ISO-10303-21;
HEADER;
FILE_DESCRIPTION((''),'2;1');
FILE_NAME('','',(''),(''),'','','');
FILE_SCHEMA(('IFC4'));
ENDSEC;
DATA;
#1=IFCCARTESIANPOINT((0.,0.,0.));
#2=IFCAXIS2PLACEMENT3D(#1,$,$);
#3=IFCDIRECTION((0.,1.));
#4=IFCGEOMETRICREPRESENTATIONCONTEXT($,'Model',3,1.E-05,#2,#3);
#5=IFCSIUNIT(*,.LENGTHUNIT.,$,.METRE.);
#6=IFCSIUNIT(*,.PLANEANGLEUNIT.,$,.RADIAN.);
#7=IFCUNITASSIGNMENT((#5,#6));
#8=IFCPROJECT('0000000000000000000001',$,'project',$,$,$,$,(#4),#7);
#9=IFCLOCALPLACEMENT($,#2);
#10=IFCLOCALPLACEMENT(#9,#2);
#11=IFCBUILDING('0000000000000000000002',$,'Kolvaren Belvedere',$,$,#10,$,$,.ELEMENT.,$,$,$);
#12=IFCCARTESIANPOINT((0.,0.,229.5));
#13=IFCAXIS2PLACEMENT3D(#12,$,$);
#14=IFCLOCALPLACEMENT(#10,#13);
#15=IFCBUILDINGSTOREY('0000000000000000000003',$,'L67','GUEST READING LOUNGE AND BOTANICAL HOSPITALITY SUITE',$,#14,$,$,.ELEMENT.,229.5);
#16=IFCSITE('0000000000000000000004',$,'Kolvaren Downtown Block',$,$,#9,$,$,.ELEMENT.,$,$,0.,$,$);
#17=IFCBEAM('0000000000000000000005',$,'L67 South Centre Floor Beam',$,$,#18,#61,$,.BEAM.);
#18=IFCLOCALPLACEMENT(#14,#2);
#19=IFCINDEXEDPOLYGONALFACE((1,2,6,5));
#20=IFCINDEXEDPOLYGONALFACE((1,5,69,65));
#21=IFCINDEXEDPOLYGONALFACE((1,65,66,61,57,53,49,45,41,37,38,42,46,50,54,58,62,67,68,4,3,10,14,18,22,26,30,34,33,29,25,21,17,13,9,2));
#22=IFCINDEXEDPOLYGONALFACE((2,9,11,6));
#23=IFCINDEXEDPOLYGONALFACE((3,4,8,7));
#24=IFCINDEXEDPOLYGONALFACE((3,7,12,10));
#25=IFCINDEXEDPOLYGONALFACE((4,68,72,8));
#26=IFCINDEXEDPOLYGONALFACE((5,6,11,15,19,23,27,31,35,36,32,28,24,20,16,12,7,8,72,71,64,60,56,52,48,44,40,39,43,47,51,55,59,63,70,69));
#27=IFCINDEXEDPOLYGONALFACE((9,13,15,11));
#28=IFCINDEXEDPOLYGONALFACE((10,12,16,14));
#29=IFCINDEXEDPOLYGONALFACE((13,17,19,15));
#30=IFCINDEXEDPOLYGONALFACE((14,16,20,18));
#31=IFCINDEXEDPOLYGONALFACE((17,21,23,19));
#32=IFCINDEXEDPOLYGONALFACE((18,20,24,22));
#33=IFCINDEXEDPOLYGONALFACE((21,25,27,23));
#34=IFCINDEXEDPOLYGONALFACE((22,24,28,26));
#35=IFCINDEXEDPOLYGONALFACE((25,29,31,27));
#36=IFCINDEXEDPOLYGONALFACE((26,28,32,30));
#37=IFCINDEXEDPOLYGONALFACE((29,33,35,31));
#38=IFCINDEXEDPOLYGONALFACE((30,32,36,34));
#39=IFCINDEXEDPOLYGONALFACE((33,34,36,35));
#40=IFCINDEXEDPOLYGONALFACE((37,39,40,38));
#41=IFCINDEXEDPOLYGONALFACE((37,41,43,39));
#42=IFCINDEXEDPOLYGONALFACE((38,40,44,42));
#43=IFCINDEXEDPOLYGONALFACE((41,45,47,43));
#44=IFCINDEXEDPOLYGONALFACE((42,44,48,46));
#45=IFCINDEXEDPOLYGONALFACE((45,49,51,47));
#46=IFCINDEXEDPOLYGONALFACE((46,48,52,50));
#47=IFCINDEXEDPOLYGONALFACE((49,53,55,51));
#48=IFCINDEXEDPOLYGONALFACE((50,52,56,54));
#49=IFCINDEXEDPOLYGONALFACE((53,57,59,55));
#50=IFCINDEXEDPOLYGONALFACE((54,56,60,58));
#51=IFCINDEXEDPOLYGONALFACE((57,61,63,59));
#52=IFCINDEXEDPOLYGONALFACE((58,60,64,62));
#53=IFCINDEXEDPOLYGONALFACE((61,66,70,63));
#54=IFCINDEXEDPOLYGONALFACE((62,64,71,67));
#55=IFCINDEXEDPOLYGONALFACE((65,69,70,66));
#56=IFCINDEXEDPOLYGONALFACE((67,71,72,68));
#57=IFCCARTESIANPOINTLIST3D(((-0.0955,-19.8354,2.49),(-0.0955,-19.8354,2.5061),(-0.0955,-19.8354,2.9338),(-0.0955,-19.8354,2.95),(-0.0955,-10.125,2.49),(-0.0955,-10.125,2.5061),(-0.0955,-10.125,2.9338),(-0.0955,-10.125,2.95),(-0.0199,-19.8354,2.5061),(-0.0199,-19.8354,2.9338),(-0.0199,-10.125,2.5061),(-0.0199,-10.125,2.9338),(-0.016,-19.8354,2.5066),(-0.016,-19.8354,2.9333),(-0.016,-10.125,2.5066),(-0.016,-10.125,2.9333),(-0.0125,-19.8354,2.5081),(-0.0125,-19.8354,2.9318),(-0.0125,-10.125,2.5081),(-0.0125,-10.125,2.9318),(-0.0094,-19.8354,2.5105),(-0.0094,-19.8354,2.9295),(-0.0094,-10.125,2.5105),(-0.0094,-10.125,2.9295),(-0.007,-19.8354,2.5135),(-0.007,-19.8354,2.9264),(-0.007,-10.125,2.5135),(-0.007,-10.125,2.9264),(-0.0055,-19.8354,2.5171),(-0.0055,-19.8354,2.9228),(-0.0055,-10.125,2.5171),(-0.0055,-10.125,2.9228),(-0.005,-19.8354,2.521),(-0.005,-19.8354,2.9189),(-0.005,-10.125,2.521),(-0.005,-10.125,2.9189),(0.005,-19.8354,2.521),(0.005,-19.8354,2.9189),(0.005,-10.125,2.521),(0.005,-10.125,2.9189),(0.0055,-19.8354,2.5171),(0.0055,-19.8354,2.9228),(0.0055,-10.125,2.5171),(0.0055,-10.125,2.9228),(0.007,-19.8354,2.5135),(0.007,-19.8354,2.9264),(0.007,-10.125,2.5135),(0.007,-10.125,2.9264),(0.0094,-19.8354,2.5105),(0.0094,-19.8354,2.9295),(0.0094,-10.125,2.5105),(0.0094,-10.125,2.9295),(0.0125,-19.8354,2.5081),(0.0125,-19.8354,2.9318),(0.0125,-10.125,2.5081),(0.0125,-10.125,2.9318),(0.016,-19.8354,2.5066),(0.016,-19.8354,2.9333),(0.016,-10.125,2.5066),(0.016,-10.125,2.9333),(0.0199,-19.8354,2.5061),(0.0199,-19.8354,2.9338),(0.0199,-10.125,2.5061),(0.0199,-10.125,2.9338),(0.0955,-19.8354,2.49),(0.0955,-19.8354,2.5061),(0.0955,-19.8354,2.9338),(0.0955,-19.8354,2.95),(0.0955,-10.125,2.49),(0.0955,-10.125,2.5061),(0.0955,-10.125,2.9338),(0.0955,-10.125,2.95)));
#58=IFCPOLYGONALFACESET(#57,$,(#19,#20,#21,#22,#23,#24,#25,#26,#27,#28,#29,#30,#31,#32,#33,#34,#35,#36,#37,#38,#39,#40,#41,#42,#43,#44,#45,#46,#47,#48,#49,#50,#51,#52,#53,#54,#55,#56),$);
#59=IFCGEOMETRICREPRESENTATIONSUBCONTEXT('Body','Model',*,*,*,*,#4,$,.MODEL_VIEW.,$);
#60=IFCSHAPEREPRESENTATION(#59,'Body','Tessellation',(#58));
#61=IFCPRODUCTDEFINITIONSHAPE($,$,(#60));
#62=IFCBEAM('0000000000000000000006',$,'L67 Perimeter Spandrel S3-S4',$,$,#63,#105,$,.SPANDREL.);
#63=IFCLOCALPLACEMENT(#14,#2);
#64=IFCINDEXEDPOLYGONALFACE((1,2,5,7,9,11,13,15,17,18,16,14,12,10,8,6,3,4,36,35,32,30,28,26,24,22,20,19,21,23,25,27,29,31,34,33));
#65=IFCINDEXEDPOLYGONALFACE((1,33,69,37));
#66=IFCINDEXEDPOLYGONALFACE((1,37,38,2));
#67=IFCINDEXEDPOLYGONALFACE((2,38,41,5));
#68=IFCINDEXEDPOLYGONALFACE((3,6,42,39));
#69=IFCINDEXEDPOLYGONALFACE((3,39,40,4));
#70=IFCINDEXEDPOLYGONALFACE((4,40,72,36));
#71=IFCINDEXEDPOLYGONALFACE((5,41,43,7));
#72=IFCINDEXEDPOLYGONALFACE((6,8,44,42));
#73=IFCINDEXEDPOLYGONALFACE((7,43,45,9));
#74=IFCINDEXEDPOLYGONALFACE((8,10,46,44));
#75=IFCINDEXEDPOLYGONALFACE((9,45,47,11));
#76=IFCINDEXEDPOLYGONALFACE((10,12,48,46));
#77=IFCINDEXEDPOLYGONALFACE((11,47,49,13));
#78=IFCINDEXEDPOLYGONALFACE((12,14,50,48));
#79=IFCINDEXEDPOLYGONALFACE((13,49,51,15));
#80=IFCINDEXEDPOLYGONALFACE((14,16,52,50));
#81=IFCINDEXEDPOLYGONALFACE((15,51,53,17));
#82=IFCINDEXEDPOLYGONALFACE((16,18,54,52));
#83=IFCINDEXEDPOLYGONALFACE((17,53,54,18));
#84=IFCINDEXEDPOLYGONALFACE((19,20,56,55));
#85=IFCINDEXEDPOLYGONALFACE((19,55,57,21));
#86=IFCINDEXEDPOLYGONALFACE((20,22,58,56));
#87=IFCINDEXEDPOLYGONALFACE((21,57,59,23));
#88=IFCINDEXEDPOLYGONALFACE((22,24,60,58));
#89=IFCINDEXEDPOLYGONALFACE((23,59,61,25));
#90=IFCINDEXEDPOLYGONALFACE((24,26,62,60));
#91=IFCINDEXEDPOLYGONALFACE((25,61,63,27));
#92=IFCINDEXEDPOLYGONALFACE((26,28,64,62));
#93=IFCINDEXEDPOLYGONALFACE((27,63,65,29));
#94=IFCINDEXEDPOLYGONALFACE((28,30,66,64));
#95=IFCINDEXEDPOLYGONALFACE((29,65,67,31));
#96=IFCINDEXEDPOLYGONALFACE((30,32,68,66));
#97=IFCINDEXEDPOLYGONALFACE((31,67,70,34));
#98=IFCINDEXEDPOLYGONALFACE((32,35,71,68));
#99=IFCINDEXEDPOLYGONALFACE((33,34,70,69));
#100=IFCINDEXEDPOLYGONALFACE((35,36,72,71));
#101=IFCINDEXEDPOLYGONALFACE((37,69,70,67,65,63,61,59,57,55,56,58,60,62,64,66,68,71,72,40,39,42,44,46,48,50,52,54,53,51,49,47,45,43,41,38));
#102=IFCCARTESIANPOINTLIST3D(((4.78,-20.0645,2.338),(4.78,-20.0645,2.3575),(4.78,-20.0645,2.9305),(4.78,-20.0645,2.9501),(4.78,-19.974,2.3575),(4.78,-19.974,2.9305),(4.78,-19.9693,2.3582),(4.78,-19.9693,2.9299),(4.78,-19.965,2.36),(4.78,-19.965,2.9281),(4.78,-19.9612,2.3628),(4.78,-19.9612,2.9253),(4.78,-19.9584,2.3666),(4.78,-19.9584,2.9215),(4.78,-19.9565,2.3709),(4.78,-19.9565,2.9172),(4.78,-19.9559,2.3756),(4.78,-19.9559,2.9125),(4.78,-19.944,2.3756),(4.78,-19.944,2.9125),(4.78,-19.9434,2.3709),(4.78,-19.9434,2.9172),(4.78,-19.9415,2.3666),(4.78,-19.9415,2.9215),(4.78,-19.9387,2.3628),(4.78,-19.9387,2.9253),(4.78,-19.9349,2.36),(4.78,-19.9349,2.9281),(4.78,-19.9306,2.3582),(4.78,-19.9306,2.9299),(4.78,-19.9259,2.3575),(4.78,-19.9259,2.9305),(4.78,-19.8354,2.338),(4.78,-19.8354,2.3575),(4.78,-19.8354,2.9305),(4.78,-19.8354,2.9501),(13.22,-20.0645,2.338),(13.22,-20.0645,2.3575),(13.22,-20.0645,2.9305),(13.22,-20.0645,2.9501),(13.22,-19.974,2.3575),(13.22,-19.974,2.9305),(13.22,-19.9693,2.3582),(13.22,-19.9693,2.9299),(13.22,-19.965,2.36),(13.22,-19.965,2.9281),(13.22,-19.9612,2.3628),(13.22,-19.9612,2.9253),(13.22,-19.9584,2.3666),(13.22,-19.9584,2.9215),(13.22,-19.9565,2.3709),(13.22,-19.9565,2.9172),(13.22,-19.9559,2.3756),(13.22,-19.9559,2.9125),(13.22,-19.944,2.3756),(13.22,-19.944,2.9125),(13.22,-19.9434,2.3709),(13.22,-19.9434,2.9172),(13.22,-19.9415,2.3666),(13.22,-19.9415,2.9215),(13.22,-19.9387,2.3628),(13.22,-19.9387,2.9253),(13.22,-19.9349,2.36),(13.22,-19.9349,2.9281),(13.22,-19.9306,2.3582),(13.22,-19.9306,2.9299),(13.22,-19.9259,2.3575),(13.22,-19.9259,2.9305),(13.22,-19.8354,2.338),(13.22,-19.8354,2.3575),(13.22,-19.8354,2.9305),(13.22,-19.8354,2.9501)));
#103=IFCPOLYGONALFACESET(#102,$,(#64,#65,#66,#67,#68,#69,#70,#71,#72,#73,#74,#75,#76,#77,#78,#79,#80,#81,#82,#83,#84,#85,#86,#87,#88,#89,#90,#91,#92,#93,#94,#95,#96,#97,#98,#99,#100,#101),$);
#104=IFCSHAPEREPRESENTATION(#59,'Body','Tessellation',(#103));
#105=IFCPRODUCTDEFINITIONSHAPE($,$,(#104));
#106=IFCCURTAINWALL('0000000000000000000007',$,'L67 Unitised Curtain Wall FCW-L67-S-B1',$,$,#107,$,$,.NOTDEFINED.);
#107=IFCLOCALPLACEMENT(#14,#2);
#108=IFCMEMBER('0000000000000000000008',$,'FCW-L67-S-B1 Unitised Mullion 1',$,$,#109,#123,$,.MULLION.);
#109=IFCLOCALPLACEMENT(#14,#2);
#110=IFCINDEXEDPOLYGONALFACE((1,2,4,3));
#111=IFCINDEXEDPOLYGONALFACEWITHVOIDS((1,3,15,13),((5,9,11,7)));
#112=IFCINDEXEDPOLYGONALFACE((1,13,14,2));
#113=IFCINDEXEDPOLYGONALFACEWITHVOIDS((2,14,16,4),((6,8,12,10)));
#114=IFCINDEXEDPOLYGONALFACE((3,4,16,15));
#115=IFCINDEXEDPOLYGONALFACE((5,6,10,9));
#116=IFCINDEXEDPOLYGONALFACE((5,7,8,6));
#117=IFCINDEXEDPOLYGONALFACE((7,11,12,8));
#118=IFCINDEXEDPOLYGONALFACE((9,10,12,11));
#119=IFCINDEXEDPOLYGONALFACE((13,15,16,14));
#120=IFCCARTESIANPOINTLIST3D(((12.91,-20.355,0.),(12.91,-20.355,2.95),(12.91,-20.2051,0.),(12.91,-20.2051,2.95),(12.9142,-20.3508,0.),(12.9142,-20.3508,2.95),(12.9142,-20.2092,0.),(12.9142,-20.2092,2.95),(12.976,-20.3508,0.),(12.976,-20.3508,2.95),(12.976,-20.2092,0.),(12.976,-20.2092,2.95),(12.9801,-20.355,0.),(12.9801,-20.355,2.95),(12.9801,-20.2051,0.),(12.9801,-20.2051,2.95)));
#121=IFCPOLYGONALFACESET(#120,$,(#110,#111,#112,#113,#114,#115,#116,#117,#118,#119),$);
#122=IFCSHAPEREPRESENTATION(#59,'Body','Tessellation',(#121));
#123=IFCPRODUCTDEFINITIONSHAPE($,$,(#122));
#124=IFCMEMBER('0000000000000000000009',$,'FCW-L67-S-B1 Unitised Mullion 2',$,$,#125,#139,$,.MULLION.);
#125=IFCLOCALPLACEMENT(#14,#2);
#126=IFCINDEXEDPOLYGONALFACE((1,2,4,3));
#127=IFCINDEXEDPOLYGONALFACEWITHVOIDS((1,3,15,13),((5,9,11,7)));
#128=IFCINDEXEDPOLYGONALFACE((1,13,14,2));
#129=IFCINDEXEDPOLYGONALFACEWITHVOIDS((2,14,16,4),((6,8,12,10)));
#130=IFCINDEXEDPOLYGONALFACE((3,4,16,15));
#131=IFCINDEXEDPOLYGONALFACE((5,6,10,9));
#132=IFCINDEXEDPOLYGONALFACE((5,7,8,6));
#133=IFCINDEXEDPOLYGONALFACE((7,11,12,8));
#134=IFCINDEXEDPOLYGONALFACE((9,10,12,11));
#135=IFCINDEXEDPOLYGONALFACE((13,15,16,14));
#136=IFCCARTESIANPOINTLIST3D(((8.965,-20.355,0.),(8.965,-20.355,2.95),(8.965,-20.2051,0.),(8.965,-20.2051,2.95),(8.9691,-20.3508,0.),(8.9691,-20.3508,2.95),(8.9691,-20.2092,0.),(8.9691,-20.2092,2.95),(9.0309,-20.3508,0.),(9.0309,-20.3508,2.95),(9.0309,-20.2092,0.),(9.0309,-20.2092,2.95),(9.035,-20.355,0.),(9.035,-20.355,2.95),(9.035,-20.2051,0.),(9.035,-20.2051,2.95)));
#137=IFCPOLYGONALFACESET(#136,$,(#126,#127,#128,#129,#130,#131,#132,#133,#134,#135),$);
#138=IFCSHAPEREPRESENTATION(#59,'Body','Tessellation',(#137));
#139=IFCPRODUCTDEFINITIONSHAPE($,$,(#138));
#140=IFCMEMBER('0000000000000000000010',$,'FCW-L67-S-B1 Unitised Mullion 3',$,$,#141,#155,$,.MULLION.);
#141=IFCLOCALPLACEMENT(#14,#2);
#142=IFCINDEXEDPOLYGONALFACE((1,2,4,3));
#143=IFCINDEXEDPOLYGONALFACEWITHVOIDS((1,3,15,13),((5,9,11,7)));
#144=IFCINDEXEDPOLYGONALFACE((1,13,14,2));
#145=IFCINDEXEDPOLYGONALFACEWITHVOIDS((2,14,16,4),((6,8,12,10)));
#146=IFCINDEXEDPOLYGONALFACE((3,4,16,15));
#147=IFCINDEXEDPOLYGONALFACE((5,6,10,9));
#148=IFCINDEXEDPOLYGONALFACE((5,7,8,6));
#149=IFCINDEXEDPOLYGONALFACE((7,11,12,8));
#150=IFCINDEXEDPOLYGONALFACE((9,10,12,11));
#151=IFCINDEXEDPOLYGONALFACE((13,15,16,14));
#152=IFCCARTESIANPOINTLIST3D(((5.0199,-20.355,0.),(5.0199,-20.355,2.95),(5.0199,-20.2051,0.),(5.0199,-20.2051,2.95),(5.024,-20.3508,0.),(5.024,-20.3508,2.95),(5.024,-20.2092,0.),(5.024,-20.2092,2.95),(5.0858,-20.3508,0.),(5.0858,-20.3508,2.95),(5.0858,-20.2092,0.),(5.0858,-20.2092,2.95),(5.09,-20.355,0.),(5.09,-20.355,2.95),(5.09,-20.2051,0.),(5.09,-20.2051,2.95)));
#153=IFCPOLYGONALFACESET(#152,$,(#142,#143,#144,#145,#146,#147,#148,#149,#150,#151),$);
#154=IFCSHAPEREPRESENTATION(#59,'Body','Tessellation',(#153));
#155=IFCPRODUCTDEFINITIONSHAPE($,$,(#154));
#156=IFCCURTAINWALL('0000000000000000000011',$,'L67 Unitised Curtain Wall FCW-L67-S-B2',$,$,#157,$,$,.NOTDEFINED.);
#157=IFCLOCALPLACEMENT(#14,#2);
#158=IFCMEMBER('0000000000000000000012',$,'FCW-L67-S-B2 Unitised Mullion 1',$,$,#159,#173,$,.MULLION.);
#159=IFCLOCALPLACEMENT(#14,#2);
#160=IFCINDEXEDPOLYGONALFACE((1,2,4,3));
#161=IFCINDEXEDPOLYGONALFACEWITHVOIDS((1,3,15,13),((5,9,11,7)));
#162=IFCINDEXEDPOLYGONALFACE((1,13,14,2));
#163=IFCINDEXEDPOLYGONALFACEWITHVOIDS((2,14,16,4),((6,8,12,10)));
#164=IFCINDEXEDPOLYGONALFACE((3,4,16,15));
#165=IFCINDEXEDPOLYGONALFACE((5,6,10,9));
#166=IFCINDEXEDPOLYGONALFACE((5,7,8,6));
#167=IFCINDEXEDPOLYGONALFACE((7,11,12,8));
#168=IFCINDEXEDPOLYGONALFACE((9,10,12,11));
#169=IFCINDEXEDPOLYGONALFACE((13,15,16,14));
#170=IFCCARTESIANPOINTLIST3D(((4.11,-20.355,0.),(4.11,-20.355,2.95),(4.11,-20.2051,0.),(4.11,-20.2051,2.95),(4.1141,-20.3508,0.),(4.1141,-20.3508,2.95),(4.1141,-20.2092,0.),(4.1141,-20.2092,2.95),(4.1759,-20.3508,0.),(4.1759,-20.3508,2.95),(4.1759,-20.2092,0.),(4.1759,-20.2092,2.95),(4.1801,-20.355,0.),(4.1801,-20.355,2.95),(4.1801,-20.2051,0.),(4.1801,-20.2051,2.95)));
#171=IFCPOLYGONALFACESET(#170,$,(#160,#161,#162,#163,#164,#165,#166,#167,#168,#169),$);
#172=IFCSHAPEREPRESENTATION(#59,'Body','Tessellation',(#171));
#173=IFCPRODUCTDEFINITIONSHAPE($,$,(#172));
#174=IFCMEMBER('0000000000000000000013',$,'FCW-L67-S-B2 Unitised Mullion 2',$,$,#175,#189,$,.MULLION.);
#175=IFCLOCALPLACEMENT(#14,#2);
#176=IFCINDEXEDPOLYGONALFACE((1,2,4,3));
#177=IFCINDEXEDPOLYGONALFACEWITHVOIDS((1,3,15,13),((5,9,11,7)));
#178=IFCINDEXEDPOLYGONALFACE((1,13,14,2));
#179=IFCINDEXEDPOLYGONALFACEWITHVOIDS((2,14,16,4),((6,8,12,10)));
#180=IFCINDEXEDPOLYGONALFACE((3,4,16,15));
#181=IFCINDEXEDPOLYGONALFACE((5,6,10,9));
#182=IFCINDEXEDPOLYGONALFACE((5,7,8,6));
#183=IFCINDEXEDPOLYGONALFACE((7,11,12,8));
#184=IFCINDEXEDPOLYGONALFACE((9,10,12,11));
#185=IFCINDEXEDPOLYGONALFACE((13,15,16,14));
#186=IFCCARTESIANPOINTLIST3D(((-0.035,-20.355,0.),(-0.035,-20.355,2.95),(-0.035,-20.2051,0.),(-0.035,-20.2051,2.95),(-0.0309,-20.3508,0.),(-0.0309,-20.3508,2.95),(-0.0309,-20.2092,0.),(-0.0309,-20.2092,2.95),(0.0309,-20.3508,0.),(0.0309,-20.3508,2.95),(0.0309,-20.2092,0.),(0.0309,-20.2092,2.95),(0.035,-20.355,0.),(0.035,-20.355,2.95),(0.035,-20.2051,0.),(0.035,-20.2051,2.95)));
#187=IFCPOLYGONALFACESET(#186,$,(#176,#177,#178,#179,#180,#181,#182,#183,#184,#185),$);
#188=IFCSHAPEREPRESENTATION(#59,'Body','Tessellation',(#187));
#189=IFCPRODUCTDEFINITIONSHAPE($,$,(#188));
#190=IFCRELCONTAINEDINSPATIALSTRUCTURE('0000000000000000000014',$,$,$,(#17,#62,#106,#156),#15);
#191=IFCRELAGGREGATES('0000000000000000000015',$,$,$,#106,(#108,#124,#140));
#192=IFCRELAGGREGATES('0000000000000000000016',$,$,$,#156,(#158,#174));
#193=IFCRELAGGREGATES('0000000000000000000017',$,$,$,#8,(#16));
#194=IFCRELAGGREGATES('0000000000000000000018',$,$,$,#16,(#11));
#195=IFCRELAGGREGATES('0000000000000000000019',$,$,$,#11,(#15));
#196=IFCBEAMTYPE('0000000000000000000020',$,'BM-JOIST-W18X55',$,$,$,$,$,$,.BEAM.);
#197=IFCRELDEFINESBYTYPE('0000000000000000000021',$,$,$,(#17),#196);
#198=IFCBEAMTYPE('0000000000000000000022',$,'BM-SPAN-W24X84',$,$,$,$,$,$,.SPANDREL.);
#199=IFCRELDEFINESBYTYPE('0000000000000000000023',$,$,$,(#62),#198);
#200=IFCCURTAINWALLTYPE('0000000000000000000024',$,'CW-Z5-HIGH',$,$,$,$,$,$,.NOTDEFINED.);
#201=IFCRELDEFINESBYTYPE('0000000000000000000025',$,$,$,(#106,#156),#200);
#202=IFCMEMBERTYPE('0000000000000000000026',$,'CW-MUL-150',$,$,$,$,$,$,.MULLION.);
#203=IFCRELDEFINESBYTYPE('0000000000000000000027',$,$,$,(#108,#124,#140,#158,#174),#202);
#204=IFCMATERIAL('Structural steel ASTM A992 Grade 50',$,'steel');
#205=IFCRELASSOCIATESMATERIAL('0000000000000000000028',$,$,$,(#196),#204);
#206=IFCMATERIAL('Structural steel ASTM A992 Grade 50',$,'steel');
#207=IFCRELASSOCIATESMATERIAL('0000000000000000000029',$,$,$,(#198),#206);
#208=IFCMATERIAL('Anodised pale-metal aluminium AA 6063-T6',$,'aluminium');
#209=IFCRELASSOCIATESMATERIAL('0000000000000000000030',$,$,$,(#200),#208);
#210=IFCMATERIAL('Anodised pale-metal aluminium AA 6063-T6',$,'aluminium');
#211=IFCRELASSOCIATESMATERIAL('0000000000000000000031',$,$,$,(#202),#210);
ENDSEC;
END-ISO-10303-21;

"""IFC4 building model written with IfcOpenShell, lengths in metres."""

from ifc_helpers import new_model, si_unit, direction, frame, origin, origin_2d, place, context, subcontext, project, spatial, hollow_rectangle, i_section, extrude, material, material_profile, profile_set, type_object, element, aggregate, save


model = new_model("IFC4")

# Units and contexts
model_context = context("Model", 3, precision=1e-05, world=origin(), true_north=direction((0.0, 1.0)))
body_context = subcontext(model_context, "Body", "Model", "MODEL_VIEW")
ifc_project = project(units=[si_unit("LENGTHUNIT", "METRE"), si_unit("PLANEANGLEUNIT", "RADIAN")], contexts=[model_context])

# Site, building, storey
site_placement = place(None, origin())
site = spatial("IfcSite", under=ifc_project, at=site_placement, Name="Kolvaren Downtown Block", CompositionType="ELEMENT", RefElevation=0.0)
building_placement = place(site_placement, origin())
building = spatial("IfcBuilding", under=site, at=building_placement, Name="Kolvaren Belvedere", CompositionType="ELEMENT")
storey_placement = place(building_placement, frame((0.0, 0.0, 229.5)))
storey = spatial("IfcBuildingStorey", under=building, at=storey_placement, Name="L67", Description="GUEST READING LOUNGE AND BOTANICAL HOSPITALITY SUITE", CompositionType="ELEMENT", Elevation=229.5)

# Beams
ifc_material_1 = material(Name="Structural steel ASTM A992 Grade 50", Category="steel")
ifc_material_profile_1 = material_profile(ifc_material_1, i_section(OverallWidth=0.1909, OverallDepth=0.46, WebThickness=0.01, FlangeThickness=0.0161, FilletRadius=0.0149, at=origin_2d()), Name="W18X55")
ifc_profile_set_1 = profile_set([ifc_material_profile_1], Name="Structural steel ASTM A992 Grade 50")
beam_type_1 = type_object("IfcBeamType", Name="BM-JOIST-W18X55", PredefinedType="BEAM", material=ifc_profile_set_1)
beam_1_placement = place(storey_placement, frame((0.0, -10.125, 2.72), z_axis=(0.0, -1.0, 0.0), x_axis=(1.0, 0.0, 0.0)))
element("IfcBeam", 1, at=beam_1_placement, inside=storey, type_object=beam_type_1, Name="L67 South Centre Floor Beam", PredefinedType="BEAM", context=body_context, shape_type="SweptSolid", body=[
    extrude(i_section(OverallWidth=0.1909, OverallDepth=0.46, WebThickness=0.01, FlangeThickness=0.0161, FilletRadius=0.0149, at=origin_2d()), origin(), (0.0, 0.0, 1.0), 9.7104),
])
ifc_material_2 = material(Name="Structural steel ASTM A992 Grade 50", Category="steel")
ifc_material_profile_2 = material_profile(ifc_material_2, i_section(OverallWidth=0.229, OverallDepth=0.6121, WebThickness=0.012, FlangeThickness=0.0195, FilletRadius=0.0181, at=origin_2d()), Name="W24X84")
ifc_profile_set_2 = profile_set([ifc_material_profile_2], Name="Structural steel ASTM A992 Grade 50")
beam_type_2 = type_object("IfcBeamType", Name="BM-SPAN-W24X84", PredefinedType="SPANDREL", material=ifc_profile_set_2)
beam_2_placement = place(storey_placement, frame((4.78, -19.95, 2.644), z_axis=(1.0, 0.0, 0.0), x_axis=(0.0, 1.0, 0.0)))
element("IfcBeam", 2, at=beam_2_placement, inside=storey, type_object=beam_type_2, Name="L67 Perimeter Spandrel S3-S4", PredefinedType="SPANDREL", context=body_context, shape_type="SweptSolid", body=[
    extrude(i_section(OverallWidth=0.229, OverallDepth=0.6121, WebThickness=0.012, FlangeThickness=0.0195, FilletRadius=0.0181, at=origin_2d()), origin(), (0.0, 0.0, 1.0), 8.4399),
])

# Curtain walls, members
ifc_material_3 = material(Name="Anodised pale-metal aluminium AA 6063-T6", Category="aluminium")
curtain_wall_type = type_object("IfcCurtainWallType", Name="CW-Z5-HIGH", PredefinedType="NOTDEFINED", material=ifc_material_3)
curtain_wall_1_placement = place(storey_placement, origin())
curtain_wall_1 = element("IfcCurtainWall", 3, at=curtain_wall_1_placement, inside=storey, type_object=curtain_wall_type, Name="L67 Unitised Curtain Wall FCW-L67-S-B1", PredefinedType="NOTDEFINED")
ifc_material_4 = material(Name="Anodised pale-metal aluminium AA 6063-T6", Category="aluminium")
ifc_material_profile_3 = material_profile(ifc_material_4, hollow_rectangle(XDim=0.0701, YDim=0.1499, WallThickness=0.0042, at=origin_2d()), Name="ALU-MUL-150X70")
ifc_profile_set_3 = profile_set([ifc_material_profile_3], Name="Anodised pale-metal aluminium AA 6063-T6")
member_type_1 = type_object("IfcMemberType", Name="CW-MUL-150", PredefinedType="MULLION", material=ifc_profile_set_3)
member_1_placement = place(storey_placement, frame((12.9451, -20.28, 0.0), z_axis=(0.0, 0.0, 1.0), x_axis=(1.0, 0.0, 0.0)))
member_1 = element("IfcMember", 4, at=member_1_placement, type_object=member_type_1, Name="FCW-L67-S-B1 Unitised Mullion 1", PredefinedType="MULLION", context=body_context, shape_type="SweptSolid", body=[
    extrude(hollow_rectangle(XDim=0.0701, YDim=0.1499, WallThickness=0.0042, at=origin_2d()), origin(), (0.0, 0.0, 1.0), 2.95),
])
member_2_placement = place(storey_placement, frame((9.0, -20.28, 0.0), z_axis=(0.0, 0.0, 1.0), x_axis=(1.0, 0.0, 0.0)))
member_2 = element("IfcMember", 5, at=member_2_placement, type_object=member_type_1, Name="FCW-L67-S-B1 Unitised Mullion 2", PredefinedType="MULLION", context=body_context, shape_type="SweptSolid", body=[
    extrude(hollow_rectangle(XDim=0.0701, YDim=0.1499, WallThickness=0.0042, at=origin_2d()), origin(), (0.0, 0.0, 1.0), 2.95),
])
member_3_placement = place(storey_placement, frame((5.0549, -20.28, 0.0), z_axis=(0.0, 0.0, 1.0), x_axis=(1.0, 0.0, 0.0)))
member_3 = element("IfcMember", 6, at=member_3_placement, type_object=member_type_1, Name="FCW-L67-S-B1 Unitised Mullion 3", PredefinedType="MULLION", context=body_context, shape_type="SweptSolid", body=[
    extrude(hollow_rectangle(XDim=0.0701, YDim=0.1499, WallThickness=0.0042, at=origin_2d()), origin(), (0.0, 0.0, 1.0), 2.95),
])
curtain_wall_2_placement = place(storey_placement, origin())
curtain_wall_2 = element("IfcCurtainWall", 7, at=curtain_wall_2_placement, inside=storey, type_object=curtain_wall_type, Name="L67 Unitised Curtain Wall FCW-L67-S-B2", PredefinedType="NOTDEFINED")
member_4_placement = place(storey_placement, frame((4.145, -20.28, 0.0), z_axis=(0.0, 0.0, 1.0), x_axis=(1.0, 0.0, 0.0)))
member_4 = element("IfcMember", 8, at=member_4_placement, type_object=member_type_1, Name="FCW-L67-S-B2 Unitised Mullion 1", PredefinedType="MULLION", context=body_context, shape_type="SweptSolid", body=[
    extrude(hollow_rectangle(XDim=0.0701, YDim=0.1499, WallThickness=0.0042, at=origin_2d()), origin(), (0.0, 0.0, 1.0), 2.95),
])
member_5_placement = place(storey_placement, frame((0.0, -20.28, 0.0), z_axis=(0.0, 0.0, 1.0), x_axis=(1.0, 0.0, 0.0)))
member_5 = element("IfcMember", 9, at=member_5_placement, type_object=member_type_1, Name="FCW-L67-S-B2 Unitised Mullion 2", PredefinedType="MULLION", context=body_context, shape_type="SweptSolid", body=[
    extrude(hollow_rectangle(XDim=0.0701, YDim=0.1499, WallThickness=0.0042, at=origin_2d()), origin(), (0.0, 0.0, 1.0), 2.95),
])

aggregate(curtain_wall_1, [member_1, member_2, member_3])
aggregate(curtain_wall_2, [member_4, member_5])

save(model, "model.ifc")
